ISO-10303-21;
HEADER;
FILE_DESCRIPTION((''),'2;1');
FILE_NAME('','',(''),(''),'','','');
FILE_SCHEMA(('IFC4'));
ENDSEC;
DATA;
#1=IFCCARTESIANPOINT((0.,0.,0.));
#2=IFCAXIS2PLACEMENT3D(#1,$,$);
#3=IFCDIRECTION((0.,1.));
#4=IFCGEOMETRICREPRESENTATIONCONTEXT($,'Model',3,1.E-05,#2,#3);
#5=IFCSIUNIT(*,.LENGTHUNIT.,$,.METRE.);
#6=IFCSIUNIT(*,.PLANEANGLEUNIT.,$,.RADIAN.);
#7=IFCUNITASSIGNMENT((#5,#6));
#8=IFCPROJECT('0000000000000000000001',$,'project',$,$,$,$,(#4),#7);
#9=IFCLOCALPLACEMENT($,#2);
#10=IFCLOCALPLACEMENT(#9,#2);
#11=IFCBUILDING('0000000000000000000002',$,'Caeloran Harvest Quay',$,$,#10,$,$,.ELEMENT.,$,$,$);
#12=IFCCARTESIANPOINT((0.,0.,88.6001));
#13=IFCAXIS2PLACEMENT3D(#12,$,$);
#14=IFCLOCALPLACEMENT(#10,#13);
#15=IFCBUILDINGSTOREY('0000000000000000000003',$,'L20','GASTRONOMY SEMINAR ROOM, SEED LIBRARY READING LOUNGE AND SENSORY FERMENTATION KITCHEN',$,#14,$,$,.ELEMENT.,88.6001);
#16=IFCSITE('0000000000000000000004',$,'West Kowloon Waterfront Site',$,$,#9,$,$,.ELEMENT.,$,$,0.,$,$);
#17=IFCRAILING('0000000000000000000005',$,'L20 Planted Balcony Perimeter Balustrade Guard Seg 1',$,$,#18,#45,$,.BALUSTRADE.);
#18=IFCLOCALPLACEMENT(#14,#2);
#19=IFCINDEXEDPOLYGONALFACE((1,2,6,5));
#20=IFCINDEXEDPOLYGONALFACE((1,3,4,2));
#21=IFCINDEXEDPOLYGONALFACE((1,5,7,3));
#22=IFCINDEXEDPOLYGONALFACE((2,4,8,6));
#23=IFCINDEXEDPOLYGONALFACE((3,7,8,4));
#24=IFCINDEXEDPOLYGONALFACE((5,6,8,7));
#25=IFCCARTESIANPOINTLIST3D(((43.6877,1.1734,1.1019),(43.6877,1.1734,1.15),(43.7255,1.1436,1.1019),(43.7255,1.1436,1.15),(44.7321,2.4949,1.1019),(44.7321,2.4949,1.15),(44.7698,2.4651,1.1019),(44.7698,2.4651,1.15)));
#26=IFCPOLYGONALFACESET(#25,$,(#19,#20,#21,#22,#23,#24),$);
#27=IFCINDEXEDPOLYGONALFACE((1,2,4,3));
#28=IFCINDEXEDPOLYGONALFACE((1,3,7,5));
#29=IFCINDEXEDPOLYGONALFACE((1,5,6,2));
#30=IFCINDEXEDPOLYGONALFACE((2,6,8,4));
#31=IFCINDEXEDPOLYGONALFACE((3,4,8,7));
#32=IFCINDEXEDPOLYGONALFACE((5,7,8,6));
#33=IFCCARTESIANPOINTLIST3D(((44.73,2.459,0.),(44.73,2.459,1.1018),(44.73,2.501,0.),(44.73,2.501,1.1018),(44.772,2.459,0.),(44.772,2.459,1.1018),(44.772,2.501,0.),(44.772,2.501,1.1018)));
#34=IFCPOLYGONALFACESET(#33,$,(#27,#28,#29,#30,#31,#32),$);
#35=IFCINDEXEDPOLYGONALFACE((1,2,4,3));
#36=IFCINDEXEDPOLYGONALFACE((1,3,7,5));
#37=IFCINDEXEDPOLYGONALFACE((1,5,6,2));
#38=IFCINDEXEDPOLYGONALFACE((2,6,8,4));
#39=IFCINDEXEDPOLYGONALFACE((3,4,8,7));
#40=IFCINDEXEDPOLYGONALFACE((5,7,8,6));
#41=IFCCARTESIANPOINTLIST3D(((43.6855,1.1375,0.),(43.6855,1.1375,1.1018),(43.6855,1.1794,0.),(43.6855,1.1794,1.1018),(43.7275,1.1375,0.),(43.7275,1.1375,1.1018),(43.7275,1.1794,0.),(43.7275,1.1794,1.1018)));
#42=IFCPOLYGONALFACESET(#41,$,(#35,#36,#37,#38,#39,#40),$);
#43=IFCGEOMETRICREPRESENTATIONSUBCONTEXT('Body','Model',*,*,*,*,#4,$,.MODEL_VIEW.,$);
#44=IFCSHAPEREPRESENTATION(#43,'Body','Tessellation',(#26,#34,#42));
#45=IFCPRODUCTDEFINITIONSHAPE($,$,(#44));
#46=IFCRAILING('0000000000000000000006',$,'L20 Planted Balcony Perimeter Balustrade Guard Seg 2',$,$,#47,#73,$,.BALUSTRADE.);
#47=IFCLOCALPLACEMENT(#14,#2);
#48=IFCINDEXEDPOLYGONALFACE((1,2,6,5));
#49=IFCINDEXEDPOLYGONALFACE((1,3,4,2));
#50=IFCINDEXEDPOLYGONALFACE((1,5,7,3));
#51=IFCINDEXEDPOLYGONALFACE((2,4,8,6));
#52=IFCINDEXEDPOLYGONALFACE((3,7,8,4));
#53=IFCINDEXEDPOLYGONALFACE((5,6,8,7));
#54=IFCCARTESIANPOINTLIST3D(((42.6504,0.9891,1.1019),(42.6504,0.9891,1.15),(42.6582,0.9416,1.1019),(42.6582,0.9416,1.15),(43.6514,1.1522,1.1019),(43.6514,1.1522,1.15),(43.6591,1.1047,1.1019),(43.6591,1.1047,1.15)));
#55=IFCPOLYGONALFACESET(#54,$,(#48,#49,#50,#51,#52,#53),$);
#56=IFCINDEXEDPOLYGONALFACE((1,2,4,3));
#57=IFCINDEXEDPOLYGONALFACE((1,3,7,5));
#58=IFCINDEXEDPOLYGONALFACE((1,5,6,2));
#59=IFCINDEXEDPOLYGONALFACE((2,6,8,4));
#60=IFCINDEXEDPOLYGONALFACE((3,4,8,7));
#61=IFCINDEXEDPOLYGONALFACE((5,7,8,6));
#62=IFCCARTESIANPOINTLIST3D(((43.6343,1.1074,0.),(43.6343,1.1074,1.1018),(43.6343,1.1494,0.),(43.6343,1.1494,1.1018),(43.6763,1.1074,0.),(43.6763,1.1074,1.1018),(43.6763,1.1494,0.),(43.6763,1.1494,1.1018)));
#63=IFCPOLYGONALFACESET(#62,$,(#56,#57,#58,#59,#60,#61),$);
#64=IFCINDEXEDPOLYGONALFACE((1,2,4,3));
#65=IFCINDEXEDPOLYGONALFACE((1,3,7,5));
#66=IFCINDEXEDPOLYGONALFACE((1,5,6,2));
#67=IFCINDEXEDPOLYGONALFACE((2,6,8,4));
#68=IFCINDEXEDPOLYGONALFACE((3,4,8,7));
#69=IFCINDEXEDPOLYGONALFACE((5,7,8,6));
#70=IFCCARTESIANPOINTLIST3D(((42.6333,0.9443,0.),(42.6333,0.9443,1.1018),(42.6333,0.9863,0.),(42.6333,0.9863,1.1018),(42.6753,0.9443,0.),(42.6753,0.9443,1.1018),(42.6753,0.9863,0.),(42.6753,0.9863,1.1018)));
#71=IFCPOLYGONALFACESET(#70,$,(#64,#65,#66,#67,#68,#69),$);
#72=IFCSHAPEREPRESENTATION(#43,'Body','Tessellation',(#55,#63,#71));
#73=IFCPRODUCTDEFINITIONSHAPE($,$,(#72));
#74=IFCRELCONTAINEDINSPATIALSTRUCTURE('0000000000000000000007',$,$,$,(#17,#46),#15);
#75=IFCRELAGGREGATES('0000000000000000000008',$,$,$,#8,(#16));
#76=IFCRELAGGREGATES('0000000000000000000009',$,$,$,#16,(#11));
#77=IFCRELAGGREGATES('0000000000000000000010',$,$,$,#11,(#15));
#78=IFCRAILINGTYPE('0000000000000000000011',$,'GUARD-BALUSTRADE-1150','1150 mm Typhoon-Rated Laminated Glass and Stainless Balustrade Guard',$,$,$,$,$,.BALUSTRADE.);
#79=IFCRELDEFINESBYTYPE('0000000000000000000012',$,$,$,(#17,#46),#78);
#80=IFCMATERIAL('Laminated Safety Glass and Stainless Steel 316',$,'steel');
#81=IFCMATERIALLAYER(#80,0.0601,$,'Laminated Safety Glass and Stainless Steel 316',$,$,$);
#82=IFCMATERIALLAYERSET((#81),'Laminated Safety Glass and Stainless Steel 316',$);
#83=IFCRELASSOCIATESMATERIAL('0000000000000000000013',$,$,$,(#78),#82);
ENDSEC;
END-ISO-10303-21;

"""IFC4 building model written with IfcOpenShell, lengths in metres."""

from ifc_helpers import new_model, si_unit, direction, frame, origin, origin_2d, place, context, subcontext, project, spatial, rectangle, extrude, material, layer, layer_set, type_object, element, save


model = new_model("IFC4")

# Units and contexts
model_context = context("Model", 3, precision=1e-05, world=origin(), true_north=direction((0.0, 1.0)))
body_context = subcontext(model_context, "Body", "Model", "MODEL_VIEW")
ifc_project = project(units=[si_unit("LENGTHUNIT", "METRE"), si_unit("PLANEANGLEUNIT", "RADIAN")], contexts=[model_context])

# Site, building, storey
site_placement = place(None, origin())
site = spatial("IfcSite", under=ifc_project, at=site_placement, Name="West Kowloon Waterfront Site", CompositionType="ELEMENT", RefElevation=0.0)
building_placement = place(site_placement, origin())
building = spatial("IfcBuilding", under=site, at=building_placement, Name="Caeloran Harvest Quay", CompositionType="ELEMENT")
storey_placement = place(building_placement, frame((0.0, 0.0, 88.6001)))
storey = spatial("IfcBuildingStorey", under=building, at=storey_placement, Name="L20", Description="GASTRONOMY SEMINAR ROOM, SEED LIBRARY READING LOUNGE AND SENSORY FERMENTATION KITCHEN", CompositionType="ELEMENT", Elevation=88.6001)

# Railings
ifc_material_1 = material(Name="Laminated Safety Glass and Stainless Steel 316", Category="steel")
ifc_layer_1 = layer(ifc_material_1, 0.0601, Name="Laminated Safety Glass and Stainless Steel 316")
ifc_layer_set_1 = layer_set([ifc_layer_1], Name="Laminated Safety Glass and Stainless Steel 316")
railing_type = type_object("IfcRailingType", Name="GUARD-BALUSTRADE-1150", Description="1150 mm Typhoon-Rated Laminated Glass and Stainless Balustrade Guard", PredefinedType="BALUSTRADE", material=ifc_layer_set_1)
railing_1_placement = place(storey_placement, frame((44.751, 2.48, 0.0)))
element("IfcRailing", 1, at=railing_1_placement, inside=storey, type_object=railing_type, Name="L20 Planted Balcony Perimeter Balustrade Guard Seg 1", PredefinedType="BALUSTRADE", context=body_context, shape_type="SweptSolid", body=[
    extrude(rectangle(XDim=0.0481, YDim=0.0481, at=origin_2d()), frame((0.0, 0.0, 1.126), z_axis=(-0.620053, -0.78456, 0.0), x_axis=(0.78456, -0.620053, 0.0)), (0.0, 0.0, 1.0), 1.6843),
    extrude(rectangle(XDim=0.042, YDim=0.042, at=origin_2d()), origin(), (0.0, 0.0, 1.0), 1.1018),
    extrude(rectangle(XDim=0.042, YDim=0.042, at=origin_2d()), frame((-1.0444, -1.3215, 0.0)), (0.0, 0.0, 1.0), 1.1018),
])
railing_2_placement = place(storey_placement, frame((43.6553, 1.1284, 0.0)))
element("IfcRailing", 2, at=railing_2_placement, inside=storey, type_object=railing_type, Name="L20 Planted Balcony Perimeter Balustrade Guard Seg 2", PredefinedType="BALUSTRADE", context=body_context, shape_type="SweptSolid", body=[
    extrude(rectangle(XDim=0.0481, YDim=0.0481, at=origin_2d()), frame((0.0, 0.0, 1.126), z_axis=(-0.986986, -0.160806, 0.0), x_axis=(0.160806, -0.986986, 0.0)), (0.0, 0.0, 1.0), 1.0142),
    extrude(rectangle(XDim=0.042, YDim=0.042, at=origin_2d()), origin(), (0.0, 0.0, 1.0), 1.1018),
    extrude(rectangle(XDim=0.042, YDim=0.042, at=origin_2d()), frame((-1.001, -0.1631, 0.0)), (0.0, 0.0, 1.0), 1.1018),
])

save(model, "model.ifc")
